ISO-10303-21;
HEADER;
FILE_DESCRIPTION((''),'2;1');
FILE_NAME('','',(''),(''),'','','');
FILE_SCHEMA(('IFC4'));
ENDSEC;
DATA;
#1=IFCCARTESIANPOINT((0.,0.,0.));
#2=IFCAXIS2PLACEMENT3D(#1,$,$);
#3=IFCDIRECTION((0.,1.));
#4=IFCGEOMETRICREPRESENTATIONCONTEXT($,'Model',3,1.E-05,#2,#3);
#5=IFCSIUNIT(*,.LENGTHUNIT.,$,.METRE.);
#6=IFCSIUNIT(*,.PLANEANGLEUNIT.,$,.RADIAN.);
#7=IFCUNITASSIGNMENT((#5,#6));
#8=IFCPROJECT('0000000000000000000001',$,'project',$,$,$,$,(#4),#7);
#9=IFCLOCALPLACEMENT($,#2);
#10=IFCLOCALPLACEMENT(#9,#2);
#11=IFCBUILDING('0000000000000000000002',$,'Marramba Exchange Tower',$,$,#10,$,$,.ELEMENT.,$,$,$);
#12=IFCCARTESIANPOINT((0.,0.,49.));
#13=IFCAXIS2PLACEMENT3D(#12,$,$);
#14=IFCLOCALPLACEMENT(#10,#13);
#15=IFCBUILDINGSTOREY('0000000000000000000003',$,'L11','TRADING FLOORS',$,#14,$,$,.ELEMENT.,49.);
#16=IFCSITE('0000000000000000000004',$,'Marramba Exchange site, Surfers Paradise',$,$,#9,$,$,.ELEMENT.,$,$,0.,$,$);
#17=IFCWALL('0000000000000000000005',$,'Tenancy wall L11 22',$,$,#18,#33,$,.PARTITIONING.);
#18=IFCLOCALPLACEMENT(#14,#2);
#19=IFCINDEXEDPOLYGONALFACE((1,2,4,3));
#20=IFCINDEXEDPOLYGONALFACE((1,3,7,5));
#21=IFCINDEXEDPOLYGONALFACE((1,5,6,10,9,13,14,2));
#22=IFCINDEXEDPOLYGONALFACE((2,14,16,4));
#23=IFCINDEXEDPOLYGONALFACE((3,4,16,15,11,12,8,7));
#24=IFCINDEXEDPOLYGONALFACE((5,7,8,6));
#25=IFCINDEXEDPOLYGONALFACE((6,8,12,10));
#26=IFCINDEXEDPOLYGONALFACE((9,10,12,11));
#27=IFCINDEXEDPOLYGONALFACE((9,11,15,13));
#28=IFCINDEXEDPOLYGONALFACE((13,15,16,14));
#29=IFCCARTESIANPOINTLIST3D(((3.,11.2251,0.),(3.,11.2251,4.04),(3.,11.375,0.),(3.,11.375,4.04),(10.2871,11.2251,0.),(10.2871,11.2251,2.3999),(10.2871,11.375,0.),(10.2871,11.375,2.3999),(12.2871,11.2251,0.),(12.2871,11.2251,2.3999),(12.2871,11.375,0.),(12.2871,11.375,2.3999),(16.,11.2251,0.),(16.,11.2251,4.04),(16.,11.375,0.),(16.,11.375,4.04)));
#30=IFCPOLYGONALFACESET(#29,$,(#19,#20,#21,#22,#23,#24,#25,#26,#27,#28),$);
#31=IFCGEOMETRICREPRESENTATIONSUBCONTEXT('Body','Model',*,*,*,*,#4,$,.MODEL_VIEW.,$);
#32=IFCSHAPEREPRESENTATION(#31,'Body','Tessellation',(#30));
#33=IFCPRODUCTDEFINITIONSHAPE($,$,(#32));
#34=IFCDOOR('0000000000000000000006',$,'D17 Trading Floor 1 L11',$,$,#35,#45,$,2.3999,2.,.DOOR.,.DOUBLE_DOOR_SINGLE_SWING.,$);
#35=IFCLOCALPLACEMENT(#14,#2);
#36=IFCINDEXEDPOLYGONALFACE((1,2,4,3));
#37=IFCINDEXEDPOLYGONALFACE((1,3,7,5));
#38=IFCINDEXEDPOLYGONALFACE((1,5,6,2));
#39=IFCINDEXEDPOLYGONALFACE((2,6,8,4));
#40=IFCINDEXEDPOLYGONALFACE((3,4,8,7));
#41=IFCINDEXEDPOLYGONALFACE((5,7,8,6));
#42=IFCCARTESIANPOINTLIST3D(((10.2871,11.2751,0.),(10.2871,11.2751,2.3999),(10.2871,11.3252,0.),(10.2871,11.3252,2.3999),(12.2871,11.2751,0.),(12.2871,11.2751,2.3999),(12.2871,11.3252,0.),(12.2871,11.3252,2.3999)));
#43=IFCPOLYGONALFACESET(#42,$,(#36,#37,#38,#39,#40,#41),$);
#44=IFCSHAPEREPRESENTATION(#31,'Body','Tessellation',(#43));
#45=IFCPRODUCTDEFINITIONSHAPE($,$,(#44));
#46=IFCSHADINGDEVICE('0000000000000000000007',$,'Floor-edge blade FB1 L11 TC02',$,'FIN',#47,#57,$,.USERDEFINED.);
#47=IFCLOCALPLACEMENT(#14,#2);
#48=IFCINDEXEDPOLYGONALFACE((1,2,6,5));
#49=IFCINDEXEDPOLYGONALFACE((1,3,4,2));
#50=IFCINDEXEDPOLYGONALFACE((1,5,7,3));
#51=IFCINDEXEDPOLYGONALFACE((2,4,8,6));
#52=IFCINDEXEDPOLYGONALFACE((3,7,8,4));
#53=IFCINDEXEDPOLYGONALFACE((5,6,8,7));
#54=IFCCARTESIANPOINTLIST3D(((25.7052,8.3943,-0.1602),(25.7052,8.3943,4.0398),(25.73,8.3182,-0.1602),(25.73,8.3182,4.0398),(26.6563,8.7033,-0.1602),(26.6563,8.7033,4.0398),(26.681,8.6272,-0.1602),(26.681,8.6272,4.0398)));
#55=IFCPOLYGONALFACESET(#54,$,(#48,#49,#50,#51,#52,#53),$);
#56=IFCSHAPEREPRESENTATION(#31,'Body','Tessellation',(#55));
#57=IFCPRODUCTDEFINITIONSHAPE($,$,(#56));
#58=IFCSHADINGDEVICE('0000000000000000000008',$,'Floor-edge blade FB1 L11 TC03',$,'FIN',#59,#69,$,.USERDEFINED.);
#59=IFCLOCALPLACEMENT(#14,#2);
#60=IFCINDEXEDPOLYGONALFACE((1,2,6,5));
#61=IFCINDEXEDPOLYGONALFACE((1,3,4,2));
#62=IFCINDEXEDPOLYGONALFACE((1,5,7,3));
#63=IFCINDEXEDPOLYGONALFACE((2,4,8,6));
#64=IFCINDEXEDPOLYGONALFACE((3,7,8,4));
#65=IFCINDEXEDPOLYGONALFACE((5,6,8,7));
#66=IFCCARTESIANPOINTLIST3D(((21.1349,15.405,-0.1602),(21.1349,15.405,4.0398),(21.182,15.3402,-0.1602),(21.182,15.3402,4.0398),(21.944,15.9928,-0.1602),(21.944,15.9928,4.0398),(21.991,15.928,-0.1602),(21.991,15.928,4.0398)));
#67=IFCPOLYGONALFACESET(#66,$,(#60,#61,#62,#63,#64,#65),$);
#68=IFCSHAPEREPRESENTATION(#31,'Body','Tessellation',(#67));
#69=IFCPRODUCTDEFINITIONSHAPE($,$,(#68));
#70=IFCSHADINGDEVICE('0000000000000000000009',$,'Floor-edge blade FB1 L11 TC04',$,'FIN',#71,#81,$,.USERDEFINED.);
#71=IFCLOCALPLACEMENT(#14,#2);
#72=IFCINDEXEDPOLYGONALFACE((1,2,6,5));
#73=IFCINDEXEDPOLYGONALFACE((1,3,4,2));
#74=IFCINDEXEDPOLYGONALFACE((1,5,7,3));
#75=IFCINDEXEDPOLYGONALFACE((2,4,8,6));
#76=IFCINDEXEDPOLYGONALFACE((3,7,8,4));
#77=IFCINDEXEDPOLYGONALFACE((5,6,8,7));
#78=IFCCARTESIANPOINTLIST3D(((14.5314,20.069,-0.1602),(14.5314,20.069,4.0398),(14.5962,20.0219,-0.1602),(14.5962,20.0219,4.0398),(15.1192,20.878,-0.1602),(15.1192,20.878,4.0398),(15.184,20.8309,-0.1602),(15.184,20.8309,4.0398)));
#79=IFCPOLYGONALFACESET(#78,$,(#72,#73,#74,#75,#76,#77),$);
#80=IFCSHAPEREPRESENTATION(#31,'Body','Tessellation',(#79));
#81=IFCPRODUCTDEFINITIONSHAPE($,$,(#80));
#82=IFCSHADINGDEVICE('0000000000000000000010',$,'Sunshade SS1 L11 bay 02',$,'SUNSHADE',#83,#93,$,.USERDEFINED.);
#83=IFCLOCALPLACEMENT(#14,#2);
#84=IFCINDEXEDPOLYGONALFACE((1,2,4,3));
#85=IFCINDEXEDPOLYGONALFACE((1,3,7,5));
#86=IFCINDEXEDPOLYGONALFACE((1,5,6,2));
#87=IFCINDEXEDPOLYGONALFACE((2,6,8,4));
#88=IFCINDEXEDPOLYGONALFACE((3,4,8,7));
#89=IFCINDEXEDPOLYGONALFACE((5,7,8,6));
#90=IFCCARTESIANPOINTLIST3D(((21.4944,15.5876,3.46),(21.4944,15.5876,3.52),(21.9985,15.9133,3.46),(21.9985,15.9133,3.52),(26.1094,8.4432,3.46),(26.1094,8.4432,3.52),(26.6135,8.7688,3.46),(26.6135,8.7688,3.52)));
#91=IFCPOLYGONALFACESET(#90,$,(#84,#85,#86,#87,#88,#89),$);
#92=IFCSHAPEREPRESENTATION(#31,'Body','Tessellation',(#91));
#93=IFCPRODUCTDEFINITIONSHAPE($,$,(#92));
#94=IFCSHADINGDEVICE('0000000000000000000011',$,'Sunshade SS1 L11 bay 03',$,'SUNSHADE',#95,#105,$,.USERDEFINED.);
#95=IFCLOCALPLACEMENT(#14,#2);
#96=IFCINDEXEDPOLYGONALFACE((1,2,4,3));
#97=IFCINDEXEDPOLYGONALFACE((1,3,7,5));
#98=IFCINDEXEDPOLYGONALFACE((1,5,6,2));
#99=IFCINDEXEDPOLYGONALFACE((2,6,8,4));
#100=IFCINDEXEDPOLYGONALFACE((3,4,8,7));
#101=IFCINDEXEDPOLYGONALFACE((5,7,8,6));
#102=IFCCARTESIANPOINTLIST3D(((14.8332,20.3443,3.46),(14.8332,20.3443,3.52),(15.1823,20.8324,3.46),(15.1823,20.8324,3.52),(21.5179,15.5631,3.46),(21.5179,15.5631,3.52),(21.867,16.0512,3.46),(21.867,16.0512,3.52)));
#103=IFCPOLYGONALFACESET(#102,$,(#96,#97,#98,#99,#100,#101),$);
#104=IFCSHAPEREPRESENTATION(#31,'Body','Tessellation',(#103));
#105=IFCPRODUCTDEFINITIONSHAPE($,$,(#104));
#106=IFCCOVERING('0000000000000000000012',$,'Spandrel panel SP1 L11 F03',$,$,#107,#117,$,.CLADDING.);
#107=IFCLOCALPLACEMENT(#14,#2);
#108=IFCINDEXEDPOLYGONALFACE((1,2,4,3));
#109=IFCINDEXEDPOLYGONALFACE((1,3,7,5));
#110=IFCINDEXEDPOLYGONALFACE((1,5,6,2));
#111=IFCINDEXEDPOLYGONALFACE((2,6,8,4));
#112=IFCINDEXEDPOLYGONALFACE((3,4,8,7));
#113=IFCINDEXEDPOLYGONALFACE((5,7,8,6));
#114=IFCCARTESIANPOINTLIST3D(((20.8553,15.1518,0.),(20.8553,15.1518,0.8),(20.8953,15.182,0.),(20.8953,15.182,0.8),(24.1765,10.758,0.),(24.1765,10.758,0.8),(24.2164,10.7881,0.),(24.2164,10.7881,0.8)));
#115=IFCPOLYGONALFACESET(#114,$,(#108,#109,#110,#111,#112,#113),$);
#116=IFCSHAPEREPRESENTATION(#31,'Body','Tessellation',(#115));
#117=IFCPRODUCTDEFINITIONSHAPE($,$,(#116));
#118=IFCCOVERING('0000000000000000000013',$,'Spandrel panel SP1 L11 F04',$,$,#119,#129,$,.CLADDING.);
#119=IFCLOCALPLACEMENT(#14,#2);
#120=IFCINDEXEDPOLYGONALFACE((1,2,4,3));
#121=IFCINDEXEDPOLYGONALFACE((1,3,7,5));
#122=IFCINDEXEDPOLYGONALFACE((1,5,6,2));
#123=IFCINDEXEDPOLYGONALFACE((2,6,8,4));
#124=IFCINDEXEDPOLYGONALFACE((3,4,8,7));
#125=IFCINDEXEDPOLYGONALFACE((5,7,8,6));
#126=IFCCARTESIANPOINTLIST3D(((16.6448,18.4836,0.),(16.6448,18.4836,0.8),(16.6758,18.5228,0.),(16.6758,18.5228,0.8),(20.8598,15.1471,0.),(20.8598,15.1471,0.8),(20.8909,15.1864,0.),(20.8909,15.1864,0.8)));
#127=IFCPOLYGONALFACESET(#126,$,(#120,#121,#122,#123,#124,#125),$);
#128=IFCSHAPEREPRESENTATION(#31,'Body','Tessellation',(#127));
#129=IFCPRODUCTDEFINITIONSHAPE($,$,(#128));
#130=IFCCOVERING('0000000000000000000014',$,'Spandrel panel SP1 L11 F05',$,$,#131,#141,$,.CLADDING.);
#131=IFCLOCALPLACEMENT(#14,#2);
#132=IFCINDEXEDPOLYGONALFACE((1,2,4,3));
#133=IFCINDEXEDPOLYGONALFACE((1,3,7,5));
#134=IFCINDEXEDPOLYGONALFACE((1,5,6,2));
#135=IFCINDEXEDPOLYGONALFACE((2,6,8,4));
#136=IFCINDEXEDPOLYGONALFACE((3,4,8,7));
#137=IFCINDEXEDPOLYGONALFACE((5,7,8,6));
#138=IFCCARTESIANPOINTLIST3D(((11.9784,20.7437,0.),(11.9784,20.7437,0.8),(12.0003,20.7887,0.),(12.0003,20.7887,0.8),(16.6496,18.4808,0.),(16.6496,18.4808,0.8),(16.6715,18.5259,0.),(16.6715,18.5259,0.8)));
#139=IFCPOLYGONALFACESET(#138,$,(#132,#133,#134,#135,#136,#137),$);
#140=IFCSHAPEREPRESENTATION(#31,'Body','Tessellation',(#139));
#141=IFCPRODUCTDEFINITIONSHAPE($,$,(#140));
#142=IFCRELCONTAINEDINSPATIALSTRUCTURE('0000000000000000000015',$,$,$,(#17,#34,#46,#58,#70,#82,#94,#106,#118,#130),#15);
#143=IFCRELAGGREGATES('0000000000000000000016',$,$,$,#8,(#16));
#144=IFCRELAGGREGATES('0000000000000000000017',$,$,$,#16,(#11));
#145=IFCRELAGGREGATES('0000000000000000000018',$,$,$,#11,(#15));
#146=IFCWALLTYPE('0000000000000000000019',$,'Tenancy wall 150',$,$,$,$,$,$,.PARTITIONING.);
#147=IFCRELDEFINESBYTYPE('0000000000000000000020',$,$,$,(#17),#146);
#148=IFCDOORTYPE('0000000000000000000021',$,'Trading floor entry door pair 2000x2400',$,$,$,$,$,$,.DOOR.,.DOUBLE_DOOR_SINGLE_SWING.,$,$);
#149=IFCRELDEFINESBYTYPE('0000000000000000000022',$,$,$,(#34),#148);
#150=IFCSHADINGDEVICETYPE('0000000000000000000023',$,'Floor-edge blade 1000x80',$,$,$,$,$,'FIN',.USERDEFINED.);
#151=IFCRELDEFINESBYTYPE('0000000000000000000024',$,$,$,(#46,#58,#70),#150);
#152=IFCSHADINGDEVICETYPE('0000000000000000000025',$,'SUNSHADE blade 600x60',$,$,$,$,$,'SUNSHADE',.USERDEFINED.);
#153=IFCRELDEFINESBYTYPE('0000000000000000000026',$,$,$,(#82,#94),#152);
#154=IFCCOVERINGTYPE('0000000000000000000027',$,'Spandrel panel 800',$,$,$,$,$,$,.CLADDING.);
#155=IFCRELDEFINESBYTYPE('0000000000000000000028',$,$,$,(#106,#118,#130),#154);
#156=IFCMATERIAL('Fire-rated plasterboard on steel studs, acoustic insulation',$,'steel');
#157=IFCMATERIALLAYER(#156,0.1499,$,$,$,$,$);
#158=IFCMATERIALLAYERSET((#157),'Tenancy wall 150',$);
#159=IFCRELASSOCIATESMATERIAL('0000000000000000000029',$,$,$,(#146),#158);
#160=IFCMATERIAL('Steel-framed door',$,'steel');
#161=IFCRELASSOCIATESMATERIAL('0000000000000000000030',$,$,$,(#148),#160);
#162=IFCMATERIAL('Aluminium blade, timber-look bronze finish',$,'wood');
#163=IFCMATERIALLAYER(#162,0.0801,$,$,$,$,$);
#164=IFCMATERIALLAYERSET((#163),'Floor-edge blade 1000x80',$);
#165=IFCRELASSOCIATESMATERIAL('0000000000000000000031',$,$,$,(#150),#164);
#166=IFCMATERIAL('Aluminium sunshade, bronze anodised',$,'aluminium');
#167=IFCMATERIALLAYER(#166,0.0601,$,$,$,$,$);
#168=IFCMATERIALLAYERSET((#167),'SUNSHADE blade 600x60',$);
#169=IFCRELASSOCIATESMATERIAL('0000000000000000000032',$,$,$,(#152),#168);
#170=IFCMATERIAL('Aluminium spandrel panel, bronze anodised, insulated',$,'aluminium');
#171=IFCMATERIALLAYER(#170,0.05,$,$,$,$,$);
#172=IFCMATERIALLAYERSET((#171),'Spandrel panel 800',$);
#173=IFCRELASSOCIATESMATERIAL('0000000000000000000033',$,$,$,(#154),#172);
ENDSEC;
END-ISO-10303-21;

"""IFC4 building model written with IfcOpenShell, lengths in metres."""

from ifc_helpers import new_model, si_unit, direction, frame, frame_2d, origin, origin_2d, place, context, subcontext, project, spatial, rectangle, extrude, material, layer, layer_set, type_object, element, fill, save


model = new_model("IFC4")

# Units and contexts
model_context = context("Model", 3, precision=1e-05, world=origin(), true_north=direction((0.0, 1.0)))
body_context = subcontext(model_context, "Body", "Model", "MODEL_VIEW")
ifc_project = project(units=[si_unit("LENGTHUNIT", "METRE"), si_unit("PLANEANGLEUNIT", "RADIAN")], contexts=[model_context])

# Site, building, storey
site_placement = place(None, origin())
site = spatial("IfcSite", under=ifc_project, at=site_placement, Name="Marramba Exchange site, Surfers Paradise", CompositionType="ELEMENT", RefElevation=0.0)
building_placement = place(site_placement, origin())
building = spatial("IfcBuilding", under=site, at=building_placement, Name="Marramba Exchange Tower", CompositionType="ELEMENT")
storey_placement = place(building_placement, frame((0.0, 0.0, 49.0)))
storey = spatial("IfcBuildingStorey", under=building, at=storey_placement, Name="L11", Description="TRADING FLOORS", CompositionType="ELEMENT", Elevation=49.0)

# Shared definitions
ifc_material_1 = material(Name="Steel-framed door", Category="steel")

# Wall, opening, door
ifc_material_2 = material(Name="Fire-rated plasterboard on steel studs, acoustic insulation", Category="steel")
ifc_layer_1 = layer(ifc_material_2, 0.1499)
ifc_layer_set_1 = layer_set([ifc_layer_1], Name="Tenancy wall 150")
wall_type_1 = type_object("IfcWallType", Name="Tenancy wall 150", PredefinedType="PARTITIONING", material=ifc_layer_set_1)
wall_1_placement = place(storey_placement, frame((16.0, 11.3, 0.0), z_axis=(0.0, 0.0, 1.0), x_axis=(-1.0, 0.0, 0.0)))
wall_1 = element("IfcWall", 1, at=wall_1_placement, inside=storey, type_object=wall_type_1, Name="Tenancy wall L11 22", PredefinedType="PARTITIONING", context=body_context, shape_type="SweptSolid", body=[
    extrude(rectangle(XDim=13.0, YDim=0.1499, at=frame_2d((6.5, 0.0))), origin(), (0.0, 0.0, 1.0), 4.04),
])
opening_1_placement = place(wall_1_placement, frame((3.7129, 0.0, 0.0)))
opening_1 = element("IfcOpeningElement", 2, at=opening_1_placement, cuts=wall_1, PredefinedType="OPENING", context=body_context, shape_type="SweptSolid", body=[
    extrude(rectangle(XDim=2.0, YDim=2.3999, at=frame_2d((1.0, 1.2))), frame((0.0, 0.085, 0.0), z_axis=(0.0, -1.0, 0.0), x_axis=(1.0, 0.0, 0.0)), (0.0, 0.0, 1.0), 0.1699),
])
door_type_1 = type_object("IfcDoorType", Name="Trading floor entry door pair 2000x2400", OperationType="DOUBLE_DOOR_SINGLE_SWING", PredefinedType="DOOR", material=ifc_material_1)
door_1_placement = place(opening_1_placement, origin())
door_1 = element("IfcDoor", 3, at=door_1_placement, inside=storey, type_object=door_type_1, Name="D17 Trading Floor 1 L11", OperationType="DOUBLE_DOOR_SINGLE_SWING", OverallHeight=2.3999, OverallWidth=2.0, PredefinedType="DOOR", context=body_context, shape_type="SweptSolid", body=[
    extrude(rectangle(XDim=2.0, YDim=2.3999, at=frame_2d((1.0, 1.2))), frame((0.0, 0.0249, 0.0), z_axis=(0.0, -1.0, 0.0), x_axis=(1.0, 0.0, 0.0)), (0.0, 0.0, 1.0), 0.05),
])
fill(opening_1, door_1)

# Shading devices
ifc_material_3 = material(Name="Aluminium blade, timber-look bronze finish", Category="wood")
ifc_layer_2 = layer(ifc_material_3, 0.0801)
ifc_layer_set_2 = layer_set([ifc_layer_2], Name="Floor-edge blade 1000x80")
shading_device_type_1 = type_object("IfcShadingDeviceType", Name="Floor-edge blade 1000x80", ElementType="FIN", PredefinedType="USERDEFINED", material=ifc_layer_set_2)
for number, where, z_axis, x_axis, name in (
    (4, (26.1931, 8.5107, -0.1602), (0.0, 0.0, 1.0), (0.951057, 0.309017, 0.0), "Floor-edge blade FB1 L11 TC02"),
    (5, (21.563, 15.6665, -0.1602), (0.0, 0.0, 1.0), (0.809017, 0.587785, 0.0), "Floor-edge blade FB1 L11 TC03"),
    (6, (14.8577, 20.45, -0.1602), (0.0, 0.0, 1.0), (0.587785, 0.809017, 0.0), "Floor-edge blade FB1 L11 TC04"),
):
    element("IfcShadingDevice", number, at=place(storey_placement, frame(where, z_axis=z_axis, x_axis=x_axis)), inside=storey, type_object=shading_device_type_1, Name=name, ObjectType="FIN", PredefinedType="USERDEFINED", context=body_context, shape_type="SweptSolid", body=[
        extrude(rectangle(XDim=1.0, YDim=0.0801, at=origin_2d()), origin(), (0.0, 0.0, 1.0), 4.2),
    ])
ifc_material_4 = material(Name="Aluminium sunshade, bronze anodised", Category="aluminium")
ifc_layer_3 = layer(ifc_material_4, 0.0601)
ifc_layer_set_3 = layer_set([ifc_layer_3], Name="SUNSHADE blade 600x60")
shading_device_type_2 = type_object("IfcShadingDeviceType", Name="SUNSHADE blade 600x60", ElementType="SUNSHADE", PredefinedType="USERDEFINED", material=ifc_layer_set_3)
shading_device_1_placement = place(storey_placement, frame((24.054, 12.1782, 3.46), z_axis=(0.0, 0.0, 1.0), x_axis=(-0.542597, 0.839993, 0.0)))
element("IfcShadingDevice", 7, at=shading_device_1_placement, inside=storey, type_object=shading_device_type_2, Name="Sunshade SS1 L11 bay 02", ObjectType="SUNSHADE", PredefinedType="USERDEFINED", context=body_context, shape_type="SweptSolid", body=[
    extrude(rectangle(XDim=8.5054, YDim=0.6001, at=origin_2d()), origin(), (0.0, 0.0, 1.0), 0.0601),
])
shading_device_2_placement = place(storey_placement, frame((18.3501, 18.1978, 3.46), z_axis=(0.0, 0.0, 1.0), x_axis=(-0.813363, 0.581757, 0.0)))
element("IfcShadingDevice", 8, at=shading_device_2_placement, inside=storey, type_object=shading_device_type_2, Name="Sunshade SS1 L11 bay 03", ObjectType="SUNSHADE", PredefinedType="USERDEFINED", context=body_context, shape_type="SweptSolid", body=[
    extrude(rectangle(XDim=8.2185, YDim=0.6001, at=origin_2d()), origin(), (0.0, 0.0, 1.0), 0.0601),
])

# Coverings
ifc_material_5 = material(Name="Aluminium spandrel panel, bronze anodised, insulated", Category="aluminium")
ifc_layer_4 = layer(ifc_material_5, 0.05)
ifc_layer_set_4 = layer_set([ifc_layer_4], Name="Spandrel panel 800")
covering_type = type_object("IfcCoveringType", Name="Spandrel panel 800", PredefinedType="CLADDING", material=ifc_layer_set_4)
covering_1_placement = place(storey_placement, frame((22.5359, 12.97, 0.0), z_axis=(0.0, 0.0, 1.0), x_axis=(-0.60299, 0.797749, 0.0)))
element("IfcCovering", 9, at=covering_1_placement, inside=storey, type_object=covering_type, Name="Spandrel panel SP1 L11 F03", PredefinedType="CLADDING", context=body_context, shape_type="SweptSolid", body=[
    extrude(rectangle(XDim=5.5078, YDim=0.05, at=origin_2d()), origin(), (0.0, 0.0, 1.0), 0.8),
])
covering_2_placement = place(storey_placement, frame((18.7678, 16.835, 0.0), z_axis=(0.0, 0.0, 1.0), x_axis=(-0.784088, 0.62065, 0.0)))
element("IfcCovering", 10, at=covering_2_placement, inside=storey, type_object=covering_type, Name="Spandrel panel SP1 L11 F04", PredefinedType="CLADDING", context=body_context, shape_type="SweptSolid", body=[
    extrude(rectangle(XDim=5.3757, YDim=0.05, at=origin_2d()), origin(), (0.0, 0.0, 1.0), 0.8),
])
covering_3_placement = place(storey_placement, frame((14.325, 19.6348, 0.0), z_axis=(0.0, 0.0, 1.0), x_axis=(-0.899963, 0.435965, 0.0)))
element("IfcCovering", 11, at=covering_3_placement, inside=storey, type_object=covering_type, Name="Spandrel panel SP1 L11 F05", PredefinedType="CLADDING", context=body_context, shape_type="SweptSolid", body=[
    extrude(rectangle(XDim=5.1904, YDim=0.05, at=origin_2d()), origin(), (0.0, 0.0, 1.0), 0.8),
])

save(model, "model.ifc")
